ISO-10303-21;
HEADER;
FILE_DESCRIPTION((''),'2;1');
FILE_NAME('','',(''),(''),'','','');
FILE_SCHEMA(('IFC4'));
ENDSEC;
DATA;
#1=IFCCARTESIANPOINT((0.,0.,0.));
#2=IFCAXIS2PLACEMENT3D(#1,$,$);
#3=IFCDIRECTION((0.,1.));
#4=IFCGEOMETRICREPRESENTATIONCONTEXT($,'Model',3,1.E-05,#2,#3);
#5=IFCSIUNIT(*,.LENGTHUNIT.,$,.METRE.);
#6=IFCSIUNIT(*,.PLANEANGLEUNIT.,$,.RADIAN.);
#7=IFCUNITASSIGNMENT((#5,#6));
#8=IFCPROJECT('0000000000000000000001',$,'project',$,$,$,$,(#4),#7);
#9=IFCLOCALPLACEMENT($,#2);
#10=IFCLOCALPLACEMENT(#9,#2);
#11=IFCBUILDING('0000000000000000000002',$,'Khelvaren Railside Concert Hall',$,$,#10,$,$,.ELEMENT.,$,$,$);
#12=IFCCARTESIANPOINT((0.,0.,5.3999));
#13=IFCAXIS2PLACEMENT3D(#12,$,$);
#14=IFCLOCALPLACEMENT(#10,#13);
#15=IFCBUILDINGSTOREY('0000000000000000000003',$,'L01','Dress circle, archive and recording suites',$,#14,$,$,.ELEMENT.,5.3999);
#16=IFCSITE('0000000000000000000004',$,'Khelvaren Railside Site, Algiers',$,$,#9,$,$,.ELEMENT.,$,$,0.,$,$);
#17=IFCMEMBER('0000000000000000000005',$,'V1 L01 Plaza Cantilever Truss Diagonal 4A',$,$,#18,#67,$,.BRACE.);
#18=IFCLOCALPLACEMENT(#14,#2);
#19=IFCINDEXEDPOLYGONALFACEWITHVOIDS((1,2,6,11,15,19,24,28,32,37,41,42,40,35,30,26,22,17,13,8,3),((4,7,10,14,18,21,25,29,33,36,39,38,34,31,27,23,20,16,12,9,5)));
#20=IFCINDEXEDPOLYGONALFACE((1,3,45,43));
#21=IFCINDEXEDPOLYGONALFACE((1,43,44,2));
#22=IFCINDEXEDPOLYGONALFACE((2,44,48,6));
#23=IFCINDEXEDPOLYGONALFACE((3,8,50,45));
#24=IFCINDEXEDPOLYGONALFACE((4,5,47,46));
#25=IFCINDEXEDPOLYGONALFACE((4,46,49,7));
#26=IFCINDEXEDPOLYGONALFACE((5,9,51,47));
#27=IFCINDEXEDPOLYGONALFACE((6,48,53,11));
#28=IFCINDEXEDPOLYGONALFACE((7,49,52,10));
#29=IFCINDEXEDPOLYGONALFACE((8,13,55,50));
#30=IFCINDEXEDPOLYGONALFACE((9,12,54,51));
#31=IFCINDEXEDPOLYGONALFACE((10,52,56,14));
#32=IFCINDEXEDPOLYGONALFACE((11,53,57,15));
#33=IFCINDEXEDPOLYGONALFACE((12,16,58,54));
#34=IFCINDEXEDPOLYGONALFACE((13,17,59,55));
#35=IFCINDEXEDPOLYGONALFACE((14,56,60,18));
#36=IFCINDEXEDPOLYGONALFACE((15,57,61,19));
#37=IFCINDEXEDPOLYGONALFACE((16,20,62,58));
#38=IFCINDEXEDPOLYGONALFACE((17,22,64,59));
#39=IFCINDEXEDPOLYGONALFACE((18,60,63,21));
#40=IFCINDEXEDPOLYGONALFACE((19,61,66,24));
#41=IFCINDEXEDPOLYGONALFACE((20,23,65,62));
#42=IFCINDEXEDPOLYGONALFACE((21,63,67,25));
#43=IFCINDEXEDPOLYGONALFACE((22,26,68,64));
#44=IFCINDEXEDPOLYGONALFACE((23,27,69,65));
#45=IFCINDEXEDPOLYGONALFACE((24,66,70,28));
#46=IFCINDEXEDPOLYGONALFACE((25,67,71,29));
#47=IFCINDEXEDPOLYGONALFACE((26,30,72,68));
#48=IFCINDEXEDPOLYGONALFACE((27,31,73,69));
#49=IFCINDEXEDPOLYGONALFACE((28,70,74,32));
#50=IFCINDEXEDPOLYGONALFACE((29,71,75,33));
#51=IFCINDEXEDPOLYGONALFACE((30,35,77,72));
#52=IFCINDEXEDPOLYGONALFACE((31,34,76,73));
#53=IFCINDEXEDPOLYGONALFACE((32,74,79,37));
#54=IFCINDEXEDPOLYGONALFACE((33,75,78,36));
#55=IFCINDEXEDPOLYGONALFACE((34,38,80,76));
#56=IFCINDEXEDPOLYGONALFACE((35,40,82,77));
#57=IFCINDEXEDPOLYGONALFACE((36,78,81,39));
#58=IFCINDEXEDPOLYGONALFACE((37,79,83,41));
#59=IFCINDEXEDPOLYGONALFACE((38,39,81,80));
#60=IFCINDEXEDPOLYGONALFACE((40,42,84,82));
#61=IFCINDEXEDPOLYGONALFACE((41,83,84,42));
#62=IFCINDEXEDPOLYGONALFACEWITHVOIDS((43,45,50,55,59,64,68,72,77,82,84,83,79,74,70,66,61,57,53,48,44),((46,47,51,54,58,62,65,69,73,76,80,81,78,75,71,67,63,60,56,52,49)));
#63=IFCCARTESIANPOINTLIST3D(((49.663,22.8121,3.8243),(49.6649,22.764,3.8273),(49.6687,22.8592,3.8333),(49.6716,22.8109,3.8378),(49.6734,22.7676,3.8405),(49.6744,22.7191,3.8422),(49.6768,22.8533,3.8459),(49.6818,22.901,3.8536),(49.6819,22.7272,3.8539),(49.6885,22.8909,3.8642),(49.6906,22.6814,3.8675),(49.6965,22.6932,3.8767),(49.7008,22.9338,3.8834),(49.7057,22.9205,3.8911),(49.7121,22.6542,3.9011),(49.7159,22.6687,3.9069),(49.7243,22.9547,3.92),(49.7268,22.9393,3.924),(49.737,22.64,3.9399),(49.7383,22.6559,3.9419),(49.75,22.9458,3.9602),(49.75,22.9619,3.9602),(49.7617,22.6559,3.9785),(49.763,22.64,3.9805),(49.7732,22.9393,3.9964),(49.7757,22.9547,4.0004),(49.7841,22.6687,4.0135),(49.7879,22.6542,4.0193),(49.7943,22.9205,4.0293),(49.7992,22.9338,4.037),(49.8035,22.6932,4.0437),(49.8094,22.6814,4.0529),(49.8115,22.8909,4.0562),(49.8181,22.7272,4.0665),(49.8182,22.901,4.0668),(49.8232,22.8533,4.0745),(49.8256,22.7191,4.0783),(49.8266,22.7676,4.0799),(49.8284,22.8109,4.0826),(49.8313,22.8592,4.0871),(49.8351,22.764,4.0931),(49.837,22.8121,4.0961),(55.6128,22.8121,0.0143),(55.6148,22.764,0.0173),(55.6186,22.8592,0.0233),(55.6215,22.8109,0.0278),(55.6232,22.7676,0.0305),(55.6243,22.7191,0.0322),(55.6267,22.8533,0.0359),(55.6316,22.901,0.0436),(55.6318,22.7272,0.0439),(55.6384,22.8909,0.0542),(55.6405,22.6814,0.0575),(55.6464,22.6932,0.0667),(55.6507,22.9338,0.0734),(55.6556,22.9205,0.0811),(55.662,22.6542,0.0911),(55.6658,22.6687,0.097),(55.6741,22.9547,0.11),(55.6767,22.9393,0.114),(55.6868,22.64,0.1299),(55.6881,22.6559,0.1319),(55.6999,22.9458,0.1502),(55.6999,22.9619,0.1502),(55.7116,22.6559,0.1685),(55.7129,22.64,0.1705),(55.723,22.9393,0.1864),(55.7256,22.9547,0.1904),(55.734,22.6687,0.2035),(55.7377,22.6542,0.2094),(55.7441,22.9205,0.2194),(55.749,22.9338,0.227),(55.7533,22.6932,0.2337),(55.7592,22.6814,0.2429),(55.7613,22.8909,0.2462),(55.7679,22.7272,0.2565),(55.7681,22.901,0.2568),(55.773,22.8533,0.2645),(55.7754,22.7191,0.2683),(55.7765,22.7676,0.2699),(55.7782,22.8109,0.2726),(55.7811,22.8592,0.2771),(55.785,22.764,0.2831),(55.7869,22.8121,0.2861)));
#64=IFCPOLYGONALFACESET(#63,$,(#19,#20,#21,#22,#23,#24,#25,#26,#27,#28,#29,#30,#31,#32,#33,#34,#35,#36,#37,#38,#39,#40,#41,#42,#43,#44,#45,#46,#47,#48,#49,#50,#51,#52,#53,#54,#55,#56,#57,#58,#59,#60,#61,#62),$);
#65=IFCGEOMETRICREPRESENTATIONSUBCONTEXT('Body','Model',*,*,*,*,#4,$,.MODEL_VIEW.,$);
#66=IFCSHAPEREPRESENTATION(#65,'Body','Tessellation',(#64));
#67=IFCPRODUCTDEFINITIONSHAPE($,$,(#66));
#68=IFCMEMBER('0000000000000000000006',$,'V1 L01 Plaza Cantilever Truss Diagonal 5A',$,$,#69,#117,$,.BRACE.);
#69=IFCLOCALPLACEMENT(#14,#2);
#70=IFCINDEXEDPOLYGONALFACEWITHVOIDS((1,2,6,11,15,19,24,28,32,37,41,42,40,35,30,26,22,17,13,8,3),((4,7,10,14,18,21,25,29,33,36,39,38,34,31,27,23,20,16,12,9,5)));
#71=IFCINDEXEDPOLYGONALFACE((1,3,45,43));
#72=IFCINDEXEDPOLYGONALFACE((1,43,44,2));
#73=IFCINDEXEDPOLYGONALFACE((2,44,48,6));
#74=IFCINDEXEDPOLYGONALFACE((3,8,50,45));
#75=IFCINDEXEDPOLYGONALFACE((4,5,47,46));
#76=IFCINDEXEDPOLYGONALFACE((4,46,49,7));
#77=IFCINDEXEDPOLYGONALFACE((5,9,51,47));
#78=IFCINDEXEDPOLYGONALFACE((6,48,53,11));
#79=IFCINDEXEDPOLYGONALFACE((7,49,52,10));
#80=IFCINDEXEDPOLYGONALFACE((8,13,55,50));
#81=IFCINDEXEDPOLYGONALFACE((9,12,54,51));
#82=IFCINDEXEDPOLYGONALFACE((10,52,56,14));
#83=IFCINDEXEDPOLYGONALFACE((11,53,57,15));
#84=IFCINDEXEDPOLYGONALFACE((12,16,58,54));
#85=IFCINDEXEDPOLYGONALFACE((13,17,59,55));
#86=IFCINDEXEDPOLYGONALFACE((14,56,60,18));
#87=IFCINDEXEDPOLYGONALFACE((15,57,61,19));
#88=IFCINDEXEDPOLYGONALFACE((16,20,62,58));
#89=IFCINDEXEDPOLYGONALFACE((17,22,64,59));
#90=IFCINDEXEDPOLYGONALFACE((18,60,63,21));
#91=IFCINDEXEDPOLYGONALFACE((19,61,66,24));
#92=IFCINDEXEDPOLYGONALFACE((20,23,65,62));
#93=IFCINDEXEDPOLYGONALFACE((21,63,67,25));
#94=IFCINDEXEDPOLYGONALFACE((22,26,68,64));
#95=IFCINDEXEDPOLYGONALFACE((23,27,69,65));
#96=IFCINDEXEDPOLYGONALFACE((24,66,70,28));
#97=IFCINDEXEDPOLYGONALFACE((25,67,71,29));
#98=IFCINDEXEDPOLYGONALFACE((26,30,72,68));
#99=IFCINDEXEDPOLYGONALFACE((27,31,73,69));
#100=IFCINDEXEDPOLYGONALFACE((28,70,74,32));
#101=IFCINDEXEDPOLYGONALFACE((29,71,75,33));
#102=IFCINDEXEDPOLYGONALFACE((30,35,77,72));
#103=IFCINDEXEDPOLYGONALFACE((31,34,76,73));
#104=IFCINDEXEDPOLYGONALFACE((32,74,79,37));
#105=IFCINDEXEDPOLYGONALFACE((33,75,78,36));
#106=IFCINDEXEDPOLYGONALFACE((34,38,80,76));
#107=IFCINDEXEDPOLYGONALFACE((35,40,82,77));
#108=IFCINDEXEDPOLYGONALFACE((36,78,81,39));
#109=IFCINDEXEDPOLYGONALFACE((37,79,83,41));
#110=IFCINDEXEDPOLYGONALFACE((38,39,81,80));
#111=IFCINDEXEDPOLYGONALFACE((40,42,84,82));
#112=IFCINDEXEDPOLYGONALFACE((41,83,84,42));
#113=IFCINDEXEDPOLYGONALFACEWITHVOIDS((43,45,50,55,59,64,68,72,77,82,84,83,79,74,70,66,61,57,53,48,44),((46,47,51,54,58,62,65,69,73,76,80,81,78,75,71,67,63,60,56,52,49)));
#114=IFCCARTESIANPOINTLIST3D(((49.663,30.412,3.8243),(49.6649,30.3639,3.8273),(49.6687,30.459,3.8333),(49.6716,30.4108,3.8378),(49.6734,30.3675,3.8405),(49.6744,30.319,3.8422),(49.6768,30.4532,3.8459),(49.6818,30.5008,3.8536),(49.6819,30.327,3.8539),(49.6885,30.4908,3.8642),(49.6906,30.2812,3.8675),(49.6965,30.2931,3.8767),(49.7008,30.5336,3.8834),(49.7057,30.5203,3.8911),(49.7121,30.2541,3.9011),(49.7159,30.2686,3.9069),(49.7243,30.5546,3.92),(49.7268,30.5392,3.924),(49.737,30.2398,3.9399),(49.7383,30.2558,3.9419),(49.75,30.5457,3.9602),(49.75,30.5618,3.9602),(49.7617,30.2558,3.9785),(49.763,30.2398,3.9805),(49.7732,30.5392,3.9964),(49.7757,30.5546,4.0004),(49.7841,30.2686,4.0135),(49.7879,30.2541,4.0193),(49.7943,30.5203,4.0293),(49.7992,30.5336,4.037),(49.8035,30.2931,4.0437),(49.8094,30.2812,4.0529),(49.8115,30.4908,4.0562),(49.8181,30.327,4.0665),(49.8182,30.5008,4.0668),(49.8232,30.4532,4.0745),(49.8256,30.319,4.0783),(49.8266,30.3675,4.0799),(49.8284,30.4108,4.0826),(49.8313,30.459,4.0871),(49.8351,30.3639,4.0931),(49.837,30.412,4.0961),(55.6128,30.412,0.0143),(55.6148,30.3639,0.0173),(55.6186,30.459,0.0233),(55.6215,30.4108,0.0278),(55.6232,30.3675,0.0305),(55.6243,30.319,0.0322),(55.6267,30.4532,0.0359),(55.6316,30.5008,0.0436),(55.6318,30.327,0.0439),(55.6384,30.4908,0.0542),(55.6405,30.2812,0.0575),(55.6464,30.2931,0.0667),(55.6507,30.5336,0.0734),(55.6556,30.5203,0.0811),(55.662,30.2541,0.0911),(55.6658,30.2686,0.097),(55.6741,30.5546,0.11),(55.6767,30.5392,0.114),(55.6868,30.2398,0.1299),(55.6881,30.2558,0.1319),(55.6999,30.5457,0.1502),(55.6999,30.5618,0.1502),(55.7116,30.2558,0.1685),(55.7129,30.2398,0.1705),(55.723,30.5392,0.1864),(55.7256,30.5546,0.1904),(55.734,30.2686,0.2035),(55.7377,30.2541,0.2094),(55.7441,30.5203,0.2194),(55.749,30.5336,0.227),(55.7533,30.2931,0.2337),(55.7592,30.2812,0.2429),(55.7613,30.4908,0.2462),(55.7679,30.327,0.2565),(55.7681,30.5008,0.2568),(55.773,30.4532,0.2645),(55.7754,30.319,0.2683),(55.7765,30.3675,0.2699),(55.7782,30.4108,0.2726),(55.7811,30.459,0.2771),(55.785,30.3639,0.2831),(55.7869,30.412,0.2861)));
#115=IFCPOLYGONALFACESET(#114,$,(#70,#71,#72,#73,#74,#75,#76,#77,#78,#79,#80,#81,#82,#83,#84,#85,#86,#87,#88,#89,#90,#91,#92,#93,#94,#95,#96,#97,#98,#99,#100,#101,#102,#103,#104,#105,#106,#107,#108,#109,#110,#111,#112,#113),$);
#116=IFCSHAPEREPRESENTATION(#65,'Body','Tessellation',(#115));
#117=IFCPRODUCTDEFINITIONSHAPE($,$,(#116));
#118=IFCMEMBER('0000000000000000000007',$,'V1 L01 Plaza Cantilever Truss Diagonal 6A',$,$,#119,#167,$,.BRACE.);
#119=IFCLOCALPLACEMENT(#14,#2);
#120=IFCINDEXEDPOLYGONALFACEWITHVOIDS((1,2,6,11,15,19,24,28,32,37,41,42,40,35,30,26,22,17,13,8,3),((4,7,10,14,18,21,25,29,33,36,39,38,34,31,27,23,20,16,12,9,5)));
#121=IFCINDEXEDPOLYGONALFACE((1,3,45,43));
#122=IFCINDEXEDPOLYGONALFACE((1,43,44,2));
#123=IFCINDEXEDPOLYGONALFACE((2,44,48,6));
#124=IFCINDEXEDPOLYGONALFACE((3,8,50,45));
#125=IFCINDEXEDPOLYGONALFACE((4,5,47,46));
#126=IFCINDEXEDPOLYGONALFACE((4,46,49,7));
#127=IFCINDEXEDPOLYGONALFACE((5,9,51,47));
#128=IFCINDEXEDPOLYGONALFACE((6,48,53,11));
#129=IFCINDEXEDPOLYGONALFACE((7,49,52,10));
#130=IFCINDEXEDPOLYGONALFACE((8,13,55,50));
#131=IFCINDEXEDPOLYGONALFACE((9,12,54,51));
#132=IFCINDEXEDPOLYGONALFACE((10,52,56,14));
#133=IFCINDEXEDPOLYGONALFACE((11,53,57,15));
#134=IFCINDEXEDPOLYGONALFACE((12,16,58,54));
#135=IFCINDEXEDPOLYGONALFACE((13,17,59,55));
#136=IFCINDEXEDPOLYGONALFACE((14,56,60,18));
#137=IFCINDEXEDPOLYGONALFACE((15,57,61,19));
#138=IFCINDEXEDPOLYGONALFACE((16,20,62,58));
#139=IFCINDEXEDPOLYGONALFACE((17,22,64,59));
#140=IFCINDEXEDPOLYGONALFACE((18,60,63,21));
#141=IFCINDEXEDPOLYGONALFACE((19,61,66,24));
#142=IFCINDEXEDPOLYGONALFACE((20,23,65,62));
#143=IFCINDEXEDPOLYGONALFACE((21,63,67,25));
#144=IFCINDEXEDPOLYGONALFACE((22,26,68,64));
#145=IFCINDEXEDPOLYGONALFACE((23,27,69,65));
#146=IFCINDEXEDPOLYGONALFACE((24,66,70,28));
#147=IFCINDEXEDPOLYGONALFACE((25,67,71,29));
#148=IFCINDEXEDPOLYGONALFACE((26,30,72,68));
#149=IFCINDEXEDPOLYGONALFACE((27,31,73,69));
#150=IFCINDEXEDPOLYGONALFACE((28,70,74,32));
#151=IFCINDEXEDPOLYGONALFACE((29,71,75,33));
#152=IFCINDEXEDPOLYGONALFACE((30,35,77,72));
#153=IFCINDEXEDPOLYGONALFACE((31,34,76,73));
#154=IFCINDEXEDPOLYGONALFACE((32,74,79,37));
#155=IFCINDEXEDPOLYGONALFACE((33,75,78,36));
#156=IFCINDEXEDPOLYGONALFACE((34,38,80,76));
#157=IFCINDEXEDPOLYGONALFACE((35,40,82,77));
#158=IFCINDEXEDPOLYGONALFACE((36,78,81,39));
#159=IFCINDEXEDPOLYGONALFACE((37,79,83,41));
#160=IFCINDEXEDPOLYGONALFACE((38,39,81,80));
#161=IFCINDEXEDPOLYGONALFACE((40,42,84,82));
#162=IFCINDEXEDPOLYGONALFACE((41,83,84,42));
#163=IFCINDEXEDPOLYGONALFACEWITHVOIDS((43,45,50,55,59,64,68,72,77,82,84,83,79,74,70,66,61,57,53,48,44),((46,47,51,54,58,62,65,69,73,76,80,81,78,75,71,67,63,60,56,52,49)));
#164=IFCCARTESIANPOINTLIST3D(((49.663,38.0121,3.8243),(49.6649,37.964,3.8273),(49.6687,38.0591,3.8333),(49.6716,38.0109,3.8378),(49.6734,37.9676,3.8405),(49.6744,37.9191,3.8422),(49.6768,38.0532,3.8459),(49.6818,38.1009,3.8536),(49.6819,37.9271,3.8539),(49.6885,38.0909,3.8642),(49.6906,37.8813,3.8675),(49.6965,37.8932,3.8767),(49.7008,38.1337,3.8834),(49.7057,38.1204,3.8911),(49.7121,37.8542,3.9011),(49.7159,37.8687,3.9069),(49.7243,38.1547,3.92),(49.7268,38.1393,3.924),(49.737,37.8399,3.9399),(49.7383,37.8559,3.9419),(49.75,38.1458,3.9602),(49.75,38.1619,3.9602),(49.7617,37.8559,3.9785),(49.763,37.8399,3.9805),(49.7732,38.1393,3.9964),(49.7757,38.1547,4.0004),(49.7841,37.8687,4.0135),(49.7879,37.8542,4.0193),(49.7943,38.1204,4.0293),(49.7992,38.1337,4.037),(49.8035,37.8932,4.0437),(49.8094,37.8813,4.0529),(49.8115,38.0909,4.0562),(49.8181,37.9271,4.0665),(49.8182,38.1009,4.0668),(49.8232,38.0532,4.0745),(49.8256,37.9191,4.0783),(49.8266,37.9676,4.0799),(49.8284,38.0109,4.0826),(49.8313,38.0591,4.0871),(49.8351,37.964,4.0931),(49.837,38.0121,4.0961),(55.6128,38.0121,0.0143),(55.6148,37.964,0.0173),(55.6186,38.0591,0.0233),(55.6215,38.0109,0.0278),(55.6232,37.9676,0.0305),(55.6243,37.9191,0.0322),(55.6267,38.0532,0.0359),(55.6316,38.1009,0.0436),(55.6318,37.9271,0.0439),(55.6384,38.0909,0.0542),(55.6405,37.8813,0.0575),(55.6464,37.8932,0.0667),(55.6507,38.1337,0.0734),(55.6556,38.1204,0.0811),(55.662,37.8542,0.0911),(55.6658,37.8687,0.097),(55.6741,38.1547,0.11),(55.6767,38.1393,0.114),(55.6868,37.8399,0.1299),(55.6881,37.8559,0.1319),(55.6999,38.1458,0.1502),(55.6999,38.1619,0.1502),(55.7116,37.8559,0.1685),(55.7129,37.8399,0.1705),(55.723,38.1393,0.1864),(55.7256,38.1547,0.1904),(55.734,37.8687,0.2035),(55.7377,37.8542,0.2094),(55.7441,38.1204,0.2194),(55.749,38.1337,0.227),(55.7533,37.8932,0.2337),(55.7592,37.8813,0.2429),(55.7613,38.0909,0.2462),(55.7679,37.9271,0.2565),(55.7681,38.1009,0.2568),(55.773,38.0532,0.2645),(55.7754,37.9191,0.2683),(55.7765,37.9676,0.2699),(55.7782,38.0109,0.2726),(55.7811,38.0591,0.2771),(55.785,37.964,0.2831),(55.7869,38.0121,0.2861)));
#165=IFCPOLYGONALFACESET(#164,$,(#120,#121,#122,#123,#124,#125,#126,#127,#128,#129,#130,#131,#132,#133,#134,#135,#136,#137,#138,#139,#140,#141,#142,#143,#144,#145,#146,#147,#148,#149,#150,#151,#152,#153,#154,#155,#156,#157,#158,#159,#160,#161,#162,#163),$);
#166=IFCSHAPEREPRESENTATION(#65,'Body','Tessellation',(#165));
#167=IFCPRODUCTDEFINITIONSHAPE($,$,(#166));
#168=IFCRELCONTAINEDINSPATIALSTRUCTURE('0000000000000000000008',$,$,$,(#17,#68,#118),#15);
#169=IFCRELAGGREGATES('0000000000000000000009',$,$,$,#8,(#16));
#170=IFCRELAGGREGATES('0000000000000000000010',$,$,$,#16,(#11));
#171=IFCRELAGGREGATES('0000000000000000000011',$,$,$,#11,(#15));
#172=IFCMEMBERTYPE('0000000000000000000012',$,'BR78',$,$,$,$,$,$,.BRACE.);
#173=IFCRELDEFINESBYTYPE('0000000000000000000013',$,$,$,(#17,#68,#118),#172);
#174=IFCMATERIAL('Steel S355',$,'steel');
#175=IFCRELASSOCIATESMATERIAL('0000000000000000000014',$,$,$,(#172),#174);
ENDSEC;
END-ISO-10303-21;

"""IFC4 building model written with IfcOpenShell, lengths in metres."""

from ifc_helpers import new_model, si_unit, direction, frame, origin, origin_2d, place, context, subcontext, project, spatial, hollow_circle, extrude, material, material_profile, profile_set, type_object, element, save


model = new_model("IFC4")

# Units and contexts
model_context = context("Model", 3, precision=1e-05, world=origin(), true_north=direction((0.0, 1.0)))
body_context = subcontext(model_context, "Body", "Model", "MODEL_VIEW")
ifc_project = project(units=[si_unit("LENGTHUNIT", "METRE"), si_unit("PLANEANGLEUNIT", "RADIAN")], contexts=[model_context])

# Site, building, storey
site_placement = place(None, origin())
site = spatial("IfcSite", under=ifc_project, at=site_placement, Name="Khelvaren Railside Site, Algiers", CompositionType="ELEMENT", RefElevation=0.0)
building_placement = place(site_placement, origin())
building = spatial("IfcBuilding", under=site, at=building_placement, Name="Khelvaren Railside Concert Hall", CompositionType="ELEMENT")
storey_placement = place(building_placement, frame((0.0, 0.0, 5.3999)))
storey = spatial("IfcBuildingStorey", under=building, at=storey_placement, Name="L01", Description="Dress circle, archive and recording suites", CompositionType="ELEMENT", Elevation=5.3999)

# Members
ifc_material_1 = material(Name="Steel S355", Category="steel")
ifc_material_profile_1 = material_profile(ifc_material_1, hollow_circle(Radius=0.1619, WallThickness=0.0161, at=origin_2d()), Name="CHS 323.9x16")
ifc_profile_set_1 = profile_set([ifc_material_profile_1], Name="Steel S355")
member_type_1 = type_object("IfcMemberType", Name="BR78", PredefinedType="BRACE", material=ifc_profile_set_1)
for number, where, z_axis, x_axis, name in (
    (1, (49.75, 22.8, 3.9602), (0.842137, 0.0, -0.539264), (0.0, 1.0, 0.0), "V1 L01 Plaza Cantilever Truss Diagonal 4A"),
    (2, (49.75, 30.3999, 3.9602), (0.842137, 0.0, -0.539264), (0.0, 1.0, 0.0), "V1 L01 Plaza Cantilever Truss Diagonal 5A"),
    (3, (49.75, 38.0, 3.9602), (0.842137, 0.0, -0.539264), (0.0, 1.0, 0.0), "V1 L01 Plaza Cantilever Truss Diagonal 6A"),
):
    element("IfcMember", number, at=place(storey_placement, frame(where, z_axis=z_axis, x_axis=x_axis)), inside=storey, type_object=member_type_1, Name=name, PredefinedType="BRACE", context=body_context, shape_type="SweptSolid", body=[
        extrude(hollow_circle(Radius=0.1619, WallThickness=0.0161, at=origin_2d()), origin(), (0.0, 0.0, 1.0), 7.0652),
    ])

save(model, "model.ifc")
